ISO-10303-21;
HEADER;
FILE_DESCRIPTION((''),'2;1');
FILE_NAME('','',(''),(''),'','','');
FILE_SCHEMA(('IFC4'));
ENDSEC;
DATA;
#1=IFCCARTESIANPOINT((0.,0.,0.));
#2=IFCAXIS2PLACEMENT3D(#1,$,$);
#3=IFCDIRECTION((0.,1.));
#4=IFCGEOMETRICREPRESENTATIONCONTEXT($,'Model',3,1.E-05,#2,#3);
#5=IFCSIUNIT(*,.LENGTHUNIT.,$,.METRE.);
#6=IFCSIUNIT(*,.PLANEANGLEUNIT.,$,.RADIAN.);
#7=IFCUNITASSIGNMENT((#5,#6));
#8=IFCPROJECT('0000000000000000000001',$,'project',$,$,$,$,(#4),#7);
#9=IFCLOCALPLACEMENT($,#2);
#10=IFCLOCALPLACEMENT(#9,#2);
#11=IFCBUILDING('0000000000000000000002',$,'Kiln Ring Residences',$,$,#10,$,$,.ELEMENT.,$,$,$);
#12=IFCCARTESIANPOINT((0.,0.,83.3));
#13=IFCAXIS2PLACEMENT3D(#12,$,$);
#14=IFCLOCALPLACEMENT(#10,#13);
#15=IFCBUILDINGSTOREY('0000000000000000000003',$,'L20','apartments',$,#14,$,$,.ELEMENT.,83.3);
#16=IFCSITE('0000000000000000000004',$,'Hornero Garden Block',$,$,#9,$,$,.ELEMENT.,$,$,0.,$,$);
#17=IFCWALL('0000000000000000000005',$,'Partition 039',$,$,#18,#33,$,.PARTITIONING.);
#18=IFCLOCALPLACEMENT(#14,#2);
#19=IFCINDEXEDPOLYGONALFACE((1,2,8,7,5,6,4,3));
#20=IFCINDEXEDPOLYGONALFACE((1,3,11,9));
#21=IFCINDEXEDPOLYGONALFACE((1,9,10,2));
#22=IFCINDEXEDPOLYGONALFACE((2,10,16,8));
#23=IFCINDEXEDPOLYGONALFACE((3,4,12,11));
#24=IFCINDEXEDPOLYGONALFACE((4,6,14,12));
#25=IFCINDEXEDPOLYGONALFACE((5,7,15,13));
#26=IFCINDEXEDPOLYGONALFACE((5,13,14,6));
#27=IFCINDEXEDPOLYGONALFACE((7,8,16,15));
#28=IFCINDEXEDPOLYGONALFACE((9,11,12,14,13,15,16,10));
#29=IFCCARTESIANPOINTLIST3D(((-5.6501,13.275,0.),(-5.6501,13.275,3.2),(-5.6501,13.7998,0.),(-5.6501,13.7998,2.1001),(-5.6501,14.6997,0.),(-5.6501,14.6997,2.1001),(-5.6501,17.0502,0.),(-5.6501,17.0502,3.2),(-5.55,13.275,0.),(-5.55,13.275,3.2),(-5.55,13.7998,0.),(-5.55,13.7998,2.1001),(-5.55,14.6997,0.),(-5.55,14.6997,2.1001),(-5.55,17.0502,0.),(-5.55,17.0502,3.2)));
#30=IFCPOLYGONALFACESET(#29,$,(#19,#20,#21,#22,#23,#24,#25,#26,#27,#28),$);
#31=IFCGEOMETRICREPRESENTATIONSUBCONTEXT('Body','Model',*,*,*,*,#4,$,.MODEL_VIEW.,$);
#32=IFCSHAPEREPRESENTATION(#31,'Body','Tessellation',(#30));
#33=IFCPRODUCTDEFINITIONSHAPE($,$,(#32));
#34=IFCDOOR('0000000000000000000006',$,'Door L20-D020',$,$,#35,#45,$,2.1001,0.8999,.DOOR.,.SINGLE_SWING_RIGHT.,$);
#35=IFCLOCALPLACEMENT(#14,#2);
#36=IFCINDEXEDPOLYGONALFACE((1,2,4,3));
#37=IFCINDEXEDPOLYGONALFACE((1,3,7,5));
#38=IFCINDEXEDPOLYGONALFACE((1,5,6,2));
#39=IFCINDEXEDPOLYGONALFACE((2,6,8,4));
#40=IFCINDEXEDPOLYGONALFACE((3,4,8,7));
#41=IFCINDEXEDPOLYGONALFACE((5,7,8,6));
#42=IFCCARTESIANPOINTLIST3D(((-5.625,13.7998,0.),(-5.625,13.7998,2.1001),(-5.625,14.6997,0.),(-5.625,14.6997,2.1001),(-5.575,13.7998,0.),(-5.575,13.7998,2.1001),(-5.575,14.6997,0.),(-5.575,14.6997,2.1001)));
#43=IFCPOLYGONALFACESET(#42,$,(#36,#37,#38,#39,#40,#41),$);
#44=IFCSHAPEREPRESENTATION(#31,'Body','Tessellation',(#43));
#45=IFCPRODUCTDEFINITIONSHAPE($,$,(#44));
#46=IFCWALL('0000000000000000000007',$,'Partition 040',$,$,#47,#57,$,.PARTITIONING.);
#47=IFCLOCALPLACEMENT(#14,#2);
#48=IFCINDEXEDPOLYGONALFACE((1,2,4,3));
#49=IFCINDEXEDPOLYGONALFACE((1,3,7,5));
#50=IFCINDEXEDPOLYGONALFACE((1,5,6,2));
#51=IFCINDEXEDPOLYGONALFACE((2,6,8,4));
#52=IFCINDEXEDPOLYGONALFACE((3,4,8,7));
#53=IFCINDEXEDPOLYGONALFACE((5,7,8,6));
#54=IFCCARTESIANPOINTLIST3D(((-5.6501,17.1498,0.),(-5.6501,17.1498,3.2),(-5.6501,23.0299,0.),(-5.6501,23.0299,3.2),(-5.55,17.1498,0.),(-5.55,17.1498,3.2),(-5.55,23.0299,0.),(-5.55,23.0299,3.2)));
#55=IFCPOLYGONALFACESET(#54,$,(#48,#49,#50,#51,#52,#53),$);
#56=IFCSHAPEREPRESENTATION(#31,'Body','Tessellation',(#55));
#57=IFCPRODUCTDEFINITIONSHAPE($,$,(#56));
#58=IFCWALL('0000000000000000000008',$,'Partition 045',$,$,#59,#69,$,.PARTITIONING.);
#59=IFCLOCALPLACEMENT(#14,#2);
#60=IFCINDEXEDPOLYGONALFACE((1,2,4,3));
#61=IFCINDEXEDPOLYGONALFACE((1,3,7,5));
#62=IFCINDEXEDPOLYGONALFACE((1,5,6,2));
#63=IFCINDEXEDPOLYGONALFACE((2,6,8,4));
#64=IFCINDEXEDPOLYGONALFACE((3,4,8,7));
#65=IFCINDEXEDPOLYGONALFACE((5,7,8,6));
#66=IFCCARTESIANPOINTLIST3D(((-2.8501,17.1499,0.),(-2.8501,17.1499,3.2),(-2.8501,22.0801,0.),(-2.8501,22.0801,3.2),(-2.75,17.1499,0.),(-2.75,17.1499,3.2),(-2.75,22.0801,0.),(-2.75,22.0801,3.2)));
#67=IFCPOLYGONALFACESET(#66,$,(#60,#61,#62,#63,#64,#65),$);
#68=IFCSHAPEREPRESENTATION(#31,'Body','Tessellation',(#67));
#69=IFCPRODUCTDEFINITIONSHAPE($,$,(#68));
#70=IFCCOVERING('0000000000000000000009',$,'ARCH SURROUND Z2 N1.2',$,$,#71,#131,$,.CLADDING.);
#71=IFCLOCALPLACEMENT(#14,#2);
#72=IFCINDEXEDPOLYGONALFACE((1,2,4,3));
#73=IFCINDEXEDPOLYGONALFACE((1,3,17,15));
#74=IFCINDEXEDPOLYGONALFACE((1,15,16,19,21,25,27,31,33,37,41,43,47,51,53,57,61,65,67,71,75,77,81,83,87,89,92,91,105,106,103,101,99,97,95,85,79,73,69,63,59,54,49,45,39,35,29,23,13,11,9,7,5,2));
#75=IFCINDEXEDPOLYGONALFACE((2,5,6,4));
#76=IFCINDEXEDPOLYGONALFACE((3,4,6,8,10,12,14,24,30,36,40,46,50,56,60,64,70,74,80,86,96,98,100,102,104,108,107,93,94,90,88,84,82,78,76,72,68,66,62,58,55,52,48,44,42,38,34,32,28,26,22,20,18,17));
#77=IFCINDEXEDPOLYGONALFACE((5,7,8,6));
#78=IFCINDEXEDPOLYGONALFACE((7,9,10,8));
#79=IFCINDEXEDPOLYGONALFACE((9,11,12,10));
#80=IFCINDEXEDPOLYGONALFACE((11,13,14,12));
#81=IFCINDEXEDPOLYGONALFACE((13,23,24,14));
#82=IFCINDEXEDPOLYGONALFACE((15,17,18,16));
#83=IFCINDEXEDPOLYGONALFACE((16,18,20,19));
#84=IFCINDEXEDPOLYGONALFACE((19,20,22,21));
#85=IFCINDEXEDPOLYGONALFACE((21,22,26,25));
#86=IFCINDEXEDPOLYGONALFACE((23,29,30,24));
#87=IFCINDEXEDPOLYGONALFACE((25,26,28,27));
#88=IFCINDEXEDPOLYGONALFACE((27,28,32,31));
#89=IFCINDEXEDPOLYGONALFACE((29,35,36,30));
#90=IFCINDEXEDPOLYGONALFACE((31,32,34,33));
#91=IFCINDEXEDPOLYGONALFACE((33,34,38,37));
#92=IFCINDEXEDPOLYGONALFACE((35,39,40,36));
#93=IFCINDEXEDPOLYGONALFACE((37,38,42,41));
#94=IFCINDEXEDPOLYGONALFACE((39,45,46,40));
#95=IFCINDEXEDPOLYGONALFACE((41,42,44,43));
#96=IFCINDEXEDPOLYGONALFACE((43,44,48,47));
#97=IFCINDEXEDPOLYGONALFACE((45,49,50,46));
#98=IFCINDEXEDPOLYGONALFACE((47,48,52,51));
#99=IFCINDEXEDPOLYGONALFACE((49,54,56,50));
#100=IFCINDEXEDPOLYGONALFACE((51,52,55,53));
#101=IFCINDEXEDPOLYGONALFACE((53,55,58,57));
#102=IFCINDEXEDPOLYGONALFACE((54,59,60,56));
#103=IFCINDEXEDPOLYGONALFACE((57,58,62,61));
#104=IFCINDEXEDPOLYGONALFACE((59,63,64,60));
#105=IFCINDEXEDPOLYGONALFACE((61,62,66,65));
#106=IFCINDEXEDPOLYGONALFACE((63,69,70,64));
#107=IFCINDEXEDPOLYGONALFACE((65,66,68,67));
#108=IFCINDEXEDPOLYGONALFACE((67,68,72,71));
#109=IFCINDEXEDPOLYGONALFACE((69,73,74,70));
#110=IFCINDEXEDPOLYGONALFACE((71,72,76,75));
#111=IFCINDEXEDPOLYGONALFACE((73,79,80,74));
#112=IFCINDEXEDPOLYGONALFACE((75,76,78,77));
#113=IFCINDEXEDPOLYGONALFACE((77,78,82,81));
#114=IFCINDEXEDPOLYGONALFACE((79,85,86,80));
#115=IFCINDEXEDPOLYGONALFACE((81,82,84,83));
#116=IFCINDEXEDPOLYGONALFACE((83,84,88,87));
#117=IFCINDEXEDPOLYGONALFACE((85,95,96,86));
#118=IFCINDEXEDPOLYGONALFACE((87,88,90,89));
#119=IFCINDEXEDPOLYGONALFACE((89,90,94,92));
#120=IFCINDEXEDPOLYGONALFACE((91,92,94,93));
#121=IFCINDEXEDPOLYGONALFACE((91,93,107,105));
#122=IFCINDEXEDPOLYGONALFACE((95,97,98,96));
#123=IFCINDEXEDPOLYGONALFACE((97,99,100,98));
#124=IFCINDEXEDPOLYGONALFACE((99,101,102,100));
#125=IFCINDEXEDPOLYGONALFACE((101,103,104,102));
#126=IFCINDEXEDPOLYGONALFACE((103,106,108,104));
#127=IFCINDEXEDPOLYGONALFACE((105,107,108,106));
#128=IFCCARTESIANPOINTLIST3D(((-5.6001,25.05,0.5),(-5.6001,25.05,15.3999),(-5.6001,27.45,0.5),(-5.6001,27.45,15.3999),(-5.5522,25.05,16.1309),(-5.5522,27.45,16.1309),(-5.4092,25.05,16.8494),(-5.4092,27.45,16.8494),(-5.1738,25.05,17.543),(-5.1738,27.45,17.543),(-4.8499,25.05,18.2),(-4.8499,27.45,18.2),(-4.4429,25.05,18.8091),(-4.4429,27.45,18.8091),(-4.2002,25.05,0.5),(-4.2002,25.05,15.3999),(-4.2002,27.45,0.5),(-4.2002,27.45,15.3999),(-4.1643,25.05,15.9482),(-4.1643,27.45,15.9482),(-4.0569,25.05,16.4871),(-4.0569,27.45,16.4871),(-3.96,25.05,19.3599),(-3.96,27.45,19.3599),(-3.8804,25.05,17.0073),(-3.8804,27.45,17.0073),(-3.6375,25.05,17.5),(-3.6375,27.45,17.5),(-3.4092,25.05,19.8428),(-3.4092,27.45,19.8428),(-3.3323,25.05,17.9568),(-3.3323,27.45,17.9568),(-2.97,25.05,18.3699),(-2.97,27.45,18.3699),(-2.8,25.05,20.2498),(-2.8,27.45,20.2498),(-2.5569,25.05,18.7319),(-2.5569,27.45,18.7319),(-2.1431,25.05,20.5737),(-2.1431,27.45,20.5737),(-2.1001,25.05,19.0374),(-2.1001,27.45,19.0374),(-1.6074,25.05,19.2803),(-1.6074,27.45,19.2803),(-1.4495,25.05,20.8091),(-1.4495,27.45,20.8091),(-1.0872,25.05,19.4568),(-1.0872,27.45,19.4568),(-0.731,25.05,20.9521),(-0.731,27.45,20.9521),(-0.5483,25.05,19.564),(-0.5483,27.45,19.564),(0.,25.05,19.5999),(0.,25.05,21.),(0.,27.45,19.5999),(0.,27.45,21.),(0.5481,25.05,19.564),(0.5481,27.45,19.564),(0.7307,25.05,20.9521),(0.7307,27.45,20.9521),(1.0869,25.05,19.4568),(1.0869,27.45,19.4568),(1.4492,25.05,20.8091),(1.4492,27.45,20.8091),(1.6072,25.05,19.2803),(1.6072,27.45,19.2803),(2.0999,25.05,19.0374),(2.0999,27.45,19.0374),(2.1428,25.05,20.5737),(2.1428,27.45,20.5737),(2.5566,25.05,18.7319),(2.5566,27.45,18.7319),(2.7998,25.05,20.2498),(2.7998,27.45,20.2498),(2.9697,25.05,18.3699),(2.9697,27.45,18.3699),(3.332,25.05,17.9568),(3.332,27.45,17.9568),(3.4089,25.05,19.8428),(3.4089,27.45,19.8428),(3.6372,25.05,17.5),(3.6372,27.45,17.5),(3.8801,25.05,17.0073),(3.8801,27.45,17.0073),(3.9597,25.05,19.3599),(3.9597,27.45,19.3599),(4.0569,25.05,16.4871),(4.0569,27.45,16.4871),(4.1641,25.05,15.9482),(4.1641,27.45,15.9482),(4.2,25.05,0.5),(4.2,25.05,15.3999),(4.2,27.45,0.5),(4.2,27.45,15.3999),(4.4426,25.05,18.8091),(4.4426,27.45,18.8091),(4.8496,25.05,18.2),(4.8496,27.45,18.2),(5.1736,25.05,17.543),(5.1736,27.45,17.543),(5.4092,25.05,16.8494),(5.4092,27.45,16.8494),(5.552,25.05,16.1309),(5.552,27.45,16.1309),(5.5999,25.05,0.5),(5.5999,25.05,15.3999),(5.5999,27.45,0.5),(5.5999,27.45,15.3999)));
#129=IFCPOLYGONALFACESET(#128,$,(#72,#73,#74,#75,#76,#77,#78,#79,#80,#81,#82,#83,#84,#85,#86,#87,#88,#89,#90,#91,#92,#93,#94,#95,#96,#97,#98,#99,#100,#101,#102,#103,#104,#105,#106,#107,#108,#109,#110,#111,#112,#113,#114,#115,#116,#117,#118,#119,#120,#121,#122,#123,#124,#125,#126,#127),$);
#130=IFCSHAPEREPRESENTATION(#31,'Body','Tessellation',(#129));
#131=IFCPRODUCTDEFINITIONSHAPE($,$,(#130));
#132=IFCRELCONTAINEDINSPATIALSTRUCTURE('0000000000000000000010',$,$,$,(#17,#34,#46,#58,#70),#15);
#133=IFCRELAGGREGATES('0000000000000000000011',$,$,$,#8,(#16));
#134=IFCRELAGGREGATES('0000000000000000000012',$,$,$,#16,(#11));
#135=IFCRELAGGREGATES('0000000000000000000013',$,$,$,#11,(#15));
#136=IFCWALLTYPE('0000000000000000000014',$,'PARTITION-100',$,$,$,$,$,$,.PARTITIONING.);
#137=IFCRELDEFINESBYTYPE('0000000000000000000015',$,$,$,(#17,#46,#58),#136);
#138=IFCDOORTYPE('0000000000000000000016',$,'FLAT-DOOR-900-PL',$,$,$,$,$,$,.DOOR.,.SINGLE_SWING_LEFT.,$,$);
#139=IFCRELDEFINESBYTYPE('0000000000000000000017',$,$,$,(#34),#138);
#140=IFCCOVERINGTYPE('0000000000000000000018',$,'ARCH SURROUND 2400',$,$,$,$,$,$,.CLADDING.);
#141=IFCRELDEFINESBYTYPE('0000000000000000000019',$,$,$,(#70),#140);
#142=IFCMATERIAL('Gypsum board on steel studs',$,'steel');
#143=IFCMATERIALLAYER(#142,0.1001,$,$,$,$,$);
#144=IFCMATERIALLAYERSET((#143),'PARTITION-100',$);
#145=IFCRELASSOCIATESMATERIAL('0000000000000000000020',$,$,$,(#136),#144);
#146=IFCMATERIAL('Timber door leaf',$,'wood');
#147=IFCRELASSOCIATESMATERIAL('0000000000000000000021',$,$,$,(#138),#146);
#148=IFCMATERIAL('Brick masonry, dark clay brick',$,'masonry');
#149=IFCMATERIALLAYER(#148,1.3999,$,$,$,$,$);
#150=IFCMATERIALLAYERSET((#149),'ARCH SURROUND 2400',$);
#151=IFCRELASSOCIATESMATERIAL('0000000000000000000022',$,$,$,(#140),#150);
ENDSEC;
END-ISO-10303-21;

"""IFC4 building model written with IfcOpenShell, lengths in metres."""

from ifc_helpers import new_model, si_unit, direction, frame, frame_2d, origin, place, context, subcontext, project, spatial, polyline, rectangle, outline, extrude, material, layer, layer_set, type_object, element, fill, save


model = new_model("IFC4")

# Units and contexts
model_context = context("Model", 3, precision=1e-05, world=origin(), true_north=direction((0.0, 1.0)))
body_context = subcontext(model_context, "Body", "Model", "MODEL_VIEW")
ifc_project = project(units=[si_unit("LENGTHUNIT", "METRE"), si_unit("PLANEANGLEUNIT", "RADIAN")], contexts=[model_context])

# Site, building, storey
site_placement = place(None, origin())
site = spatial("IfcSite", under=ifc_project, at=site_placement, Name="Hornero Garden Block", CompositionType="ELEMENT", RefElevation=0.0)
building_placement = place(site_placement, origin())
building = spatial("IfcBuilding", under=site, at=building_placement, Name="Kiln Ring Residences", CompositionType="ELEMENT")
storey_placement = place(building_placement, frame((0.0, 0.0, 83.3)))
storey = spatial("IfcBuildingStorey", under=building, at=storey_placement, Name="L20", Description="apartments", CompositionType="ELEMENT", Elevation=83.3)

# Wall, opening, door
ifc_material_1 = material(Name="Gypsum board on steel studs", Category="steel")
ifc_layer_1 = layer(ifc_material_1, 0.1001)
ifc_layer_set_1 = layer_set([ifc_layer_1], Name="PARTITION-100")
wall_type_1 = type_object("IfcWallType", Name="PARTITION-100", PredefinedType="PARTITIONING", material=ifc_layer_set_1)
wall_1_placement = place(storey_placement, frame((-5.6001, 13.2749, 0.0), z_axis=(0.0, 0.0, 1.0), x_axis=(0.0, 1.0, 0.0)))
wall_1 = element("IfcWall", 1, at=wall_1_placement, inside=storey, type_object=wall_type_1, Name="Partition 039", PredefinedType="PARTITIONING", context=body_context, shape_type="SweptSolid", body=[
    extrude(rectangle(XDim=3.7751, YDim=0.1001, at=frame_2d((1.8877, 0.0))), origin(), (0.0, 0.0, 1.0), 3.2),
])
opening_1_placement = place(wall_1_placement, frame((0.5249, 0.0, 0.0)))
opening_1 = element("IfcOpeningElement", 2, at=opening_1_placement, cuts=wall_1, PredefinedType="OPENING", context=body_context, shape_type="SweptSolid", body=[
    extrude(rectangle(XDim=0.8999, YDim=2.1001, at=frame_2d((0.45, 1.05))), frame((0.0, 0.0601, 0.0), z_axis=(0.0, -1.0, 0.0), x_axis=(1.0, 0.0, 0.0)), (0.0, 0.0, 1.0), 0.1201),
])
ifc_material_2 = material(Name="Timber door leaf", Category="wood")
door_type = type_object("IfcDoorType", Name="FLAT-DOOR-900-PL", OperationType="SINGLE_SWING_LEFT", PredefinedType="DOOR", material=ifc_material_2)
door_placement = place(opening_1_placement, origin())
door = element("IfcDoor", 3, at=door_placement, inside=storey, type_object=door_type, Name="Door L20-D020", OperationType="SINGLE_SWING_RIGHT", OverallHeight=2.1001, OverallWidth=0.8999, PredefinedType="DOOR", context=body_context, shape_type="SweptSolid", body=[
    extrude(rectangle(XDim=0.8999, YDim=2.1001, at=frame_2d((0.45, 1.05))), frame((0.0, 0.0249, 0.0), z_axis=(0.0, -1.0, 0.0), x_axis=(1.0, 0.0, 0.0)), (0.0, 0.0, 1.0), 0.05),
])
fill(opening_1, door)

# Walls
wall_2_placement = place(storey_placement, frame((-5.6001, 17.1499, 0.0), z_axis=(0.0, 0.0, 1.0), x_axis=(0.0, 1.0, 0.0)))
element("IfcWall", 4, at=wall_2_placement, inside=storey, type_object=wall_type_1, Name="Partition 040", PredefinedType="PARTITIONING", context=body_context, shape_type="SweptSolid", body=[
    extrude(rectangle(XDim=5.8801, YDim=0.1001, at=frame_2d((2.9399, 0.0))), origin(), (0.0, 0.0, 1.0), 3.2),
])
wall_3_placement = place(storey_placement, frame((-2.8, 17.1499, 0.0), z_axis=(0.0, 0.0, 1.0), x_axis=(0.0, 1.0, 0.0)))
element("IfcWall", 5, at=wall_3_placement, inside=storey, type_object=wall_type_1, Name="Partition 045", PredefinedType="PARTITIONING", context=body_context, shape_type="SweptSolid", body=[
    extrude(rectangle(XDim=4.9302, YDim=0.1001, at=frame_2d((2.4651, 0.0))), origin(), (0.0, 0.0, 1.0), 3.2),
])

# Covering
ifc_material_3 = material(Name="Brick masonry, dark clay brick", Category="masonry")
ifc_layer_2 = layer(ifc_material_3, 1.3999)
ifc_layer_set_2 = layer_set([ifc_layer_2], Name="ARCH SURROUND 2400")
covering_type = type_object("IfcCoveringType", Name="ARCH SURROUND 2400", PredefinedType="CLADDING", material=ifc_layer_set_2)
covering_placement = place(storey_placement, frame((-5.6001, 26.25, 0.5), z_axis=(0.0, 0.0, 1.0), x_axis=(1.0, 0.0, 0.0)))
element("IfcCovering", 6, at=covering_placement, inside=storey, type_object=covering_type, Name="ARCH SURROUND Z2 N1.2", PredefinedType="CLADDING", context=body_context, shape_type="SweptSolid", body=[
    extrude(outline(polyline([(0.0, 0.0), (0.0, 14.8999), (0.0479, 15.6309), (0.1909, 16.3494), (0.4263, 17.043), (0.7502, 17.7), (1.1572, 18.3091), (1.6401, 18.8599), (2.1909, 19.3428), (2.8, 19.7498), (3.457, 20.0737), (4.1506, 20.3091), (4.8691, 20.4521), (5.6001, 20.5), (6.3308, 20.4521), (7.0493, 20.3091), (7.7429, 20.0737), (8.3999, 19.7498), (9.009, 19.3428), (9.5598, 18.8599), (10.0427, 18.3091), (10.4497, 17.7), (10.7737, 17.043), (11.0093, 16.3494), (11.1521, 15.6309), (11.2, 14.8999), (11.2, 0.0), (9.8, 0.0), (9.8, 14.8999), (9.7642, 15.4482), (9.657, 15.9871), (9.4802, 16.5073), (9.2373, 17.0), (8.9321, 17.4568), (8.5698, 17.8699), (8.1567, 18.2319), (7.7, 18.5374), (7.2073, 18.7803), (6.687, 18.9568), (6.1482, 19.064), (5.6001, 19.0999), (5.0518, 19.064), (4.5129, 18.9568), (3.9927, 18.7803), (3.5, 18.5374), (3.0432, 18.2319), (2.6301, 17.8699), (2.2678, 17.4568), (1.9626, 17.0), (1.7197, 16.5073), (1.5432, 15.9871), (1.4358, 15.4482), (1.3999, 14.8999), (1.3999, 0.0), (0.0, 0.0)])), frame((0.0, 1.2, 0.0), z_axis=(0.0, -1.0, 0.0), x_axis=(1.0, 0.0, 0.0)), (0.0, 0.0, 1.0), 2.3999),
])

save(model, "model.ifc")
